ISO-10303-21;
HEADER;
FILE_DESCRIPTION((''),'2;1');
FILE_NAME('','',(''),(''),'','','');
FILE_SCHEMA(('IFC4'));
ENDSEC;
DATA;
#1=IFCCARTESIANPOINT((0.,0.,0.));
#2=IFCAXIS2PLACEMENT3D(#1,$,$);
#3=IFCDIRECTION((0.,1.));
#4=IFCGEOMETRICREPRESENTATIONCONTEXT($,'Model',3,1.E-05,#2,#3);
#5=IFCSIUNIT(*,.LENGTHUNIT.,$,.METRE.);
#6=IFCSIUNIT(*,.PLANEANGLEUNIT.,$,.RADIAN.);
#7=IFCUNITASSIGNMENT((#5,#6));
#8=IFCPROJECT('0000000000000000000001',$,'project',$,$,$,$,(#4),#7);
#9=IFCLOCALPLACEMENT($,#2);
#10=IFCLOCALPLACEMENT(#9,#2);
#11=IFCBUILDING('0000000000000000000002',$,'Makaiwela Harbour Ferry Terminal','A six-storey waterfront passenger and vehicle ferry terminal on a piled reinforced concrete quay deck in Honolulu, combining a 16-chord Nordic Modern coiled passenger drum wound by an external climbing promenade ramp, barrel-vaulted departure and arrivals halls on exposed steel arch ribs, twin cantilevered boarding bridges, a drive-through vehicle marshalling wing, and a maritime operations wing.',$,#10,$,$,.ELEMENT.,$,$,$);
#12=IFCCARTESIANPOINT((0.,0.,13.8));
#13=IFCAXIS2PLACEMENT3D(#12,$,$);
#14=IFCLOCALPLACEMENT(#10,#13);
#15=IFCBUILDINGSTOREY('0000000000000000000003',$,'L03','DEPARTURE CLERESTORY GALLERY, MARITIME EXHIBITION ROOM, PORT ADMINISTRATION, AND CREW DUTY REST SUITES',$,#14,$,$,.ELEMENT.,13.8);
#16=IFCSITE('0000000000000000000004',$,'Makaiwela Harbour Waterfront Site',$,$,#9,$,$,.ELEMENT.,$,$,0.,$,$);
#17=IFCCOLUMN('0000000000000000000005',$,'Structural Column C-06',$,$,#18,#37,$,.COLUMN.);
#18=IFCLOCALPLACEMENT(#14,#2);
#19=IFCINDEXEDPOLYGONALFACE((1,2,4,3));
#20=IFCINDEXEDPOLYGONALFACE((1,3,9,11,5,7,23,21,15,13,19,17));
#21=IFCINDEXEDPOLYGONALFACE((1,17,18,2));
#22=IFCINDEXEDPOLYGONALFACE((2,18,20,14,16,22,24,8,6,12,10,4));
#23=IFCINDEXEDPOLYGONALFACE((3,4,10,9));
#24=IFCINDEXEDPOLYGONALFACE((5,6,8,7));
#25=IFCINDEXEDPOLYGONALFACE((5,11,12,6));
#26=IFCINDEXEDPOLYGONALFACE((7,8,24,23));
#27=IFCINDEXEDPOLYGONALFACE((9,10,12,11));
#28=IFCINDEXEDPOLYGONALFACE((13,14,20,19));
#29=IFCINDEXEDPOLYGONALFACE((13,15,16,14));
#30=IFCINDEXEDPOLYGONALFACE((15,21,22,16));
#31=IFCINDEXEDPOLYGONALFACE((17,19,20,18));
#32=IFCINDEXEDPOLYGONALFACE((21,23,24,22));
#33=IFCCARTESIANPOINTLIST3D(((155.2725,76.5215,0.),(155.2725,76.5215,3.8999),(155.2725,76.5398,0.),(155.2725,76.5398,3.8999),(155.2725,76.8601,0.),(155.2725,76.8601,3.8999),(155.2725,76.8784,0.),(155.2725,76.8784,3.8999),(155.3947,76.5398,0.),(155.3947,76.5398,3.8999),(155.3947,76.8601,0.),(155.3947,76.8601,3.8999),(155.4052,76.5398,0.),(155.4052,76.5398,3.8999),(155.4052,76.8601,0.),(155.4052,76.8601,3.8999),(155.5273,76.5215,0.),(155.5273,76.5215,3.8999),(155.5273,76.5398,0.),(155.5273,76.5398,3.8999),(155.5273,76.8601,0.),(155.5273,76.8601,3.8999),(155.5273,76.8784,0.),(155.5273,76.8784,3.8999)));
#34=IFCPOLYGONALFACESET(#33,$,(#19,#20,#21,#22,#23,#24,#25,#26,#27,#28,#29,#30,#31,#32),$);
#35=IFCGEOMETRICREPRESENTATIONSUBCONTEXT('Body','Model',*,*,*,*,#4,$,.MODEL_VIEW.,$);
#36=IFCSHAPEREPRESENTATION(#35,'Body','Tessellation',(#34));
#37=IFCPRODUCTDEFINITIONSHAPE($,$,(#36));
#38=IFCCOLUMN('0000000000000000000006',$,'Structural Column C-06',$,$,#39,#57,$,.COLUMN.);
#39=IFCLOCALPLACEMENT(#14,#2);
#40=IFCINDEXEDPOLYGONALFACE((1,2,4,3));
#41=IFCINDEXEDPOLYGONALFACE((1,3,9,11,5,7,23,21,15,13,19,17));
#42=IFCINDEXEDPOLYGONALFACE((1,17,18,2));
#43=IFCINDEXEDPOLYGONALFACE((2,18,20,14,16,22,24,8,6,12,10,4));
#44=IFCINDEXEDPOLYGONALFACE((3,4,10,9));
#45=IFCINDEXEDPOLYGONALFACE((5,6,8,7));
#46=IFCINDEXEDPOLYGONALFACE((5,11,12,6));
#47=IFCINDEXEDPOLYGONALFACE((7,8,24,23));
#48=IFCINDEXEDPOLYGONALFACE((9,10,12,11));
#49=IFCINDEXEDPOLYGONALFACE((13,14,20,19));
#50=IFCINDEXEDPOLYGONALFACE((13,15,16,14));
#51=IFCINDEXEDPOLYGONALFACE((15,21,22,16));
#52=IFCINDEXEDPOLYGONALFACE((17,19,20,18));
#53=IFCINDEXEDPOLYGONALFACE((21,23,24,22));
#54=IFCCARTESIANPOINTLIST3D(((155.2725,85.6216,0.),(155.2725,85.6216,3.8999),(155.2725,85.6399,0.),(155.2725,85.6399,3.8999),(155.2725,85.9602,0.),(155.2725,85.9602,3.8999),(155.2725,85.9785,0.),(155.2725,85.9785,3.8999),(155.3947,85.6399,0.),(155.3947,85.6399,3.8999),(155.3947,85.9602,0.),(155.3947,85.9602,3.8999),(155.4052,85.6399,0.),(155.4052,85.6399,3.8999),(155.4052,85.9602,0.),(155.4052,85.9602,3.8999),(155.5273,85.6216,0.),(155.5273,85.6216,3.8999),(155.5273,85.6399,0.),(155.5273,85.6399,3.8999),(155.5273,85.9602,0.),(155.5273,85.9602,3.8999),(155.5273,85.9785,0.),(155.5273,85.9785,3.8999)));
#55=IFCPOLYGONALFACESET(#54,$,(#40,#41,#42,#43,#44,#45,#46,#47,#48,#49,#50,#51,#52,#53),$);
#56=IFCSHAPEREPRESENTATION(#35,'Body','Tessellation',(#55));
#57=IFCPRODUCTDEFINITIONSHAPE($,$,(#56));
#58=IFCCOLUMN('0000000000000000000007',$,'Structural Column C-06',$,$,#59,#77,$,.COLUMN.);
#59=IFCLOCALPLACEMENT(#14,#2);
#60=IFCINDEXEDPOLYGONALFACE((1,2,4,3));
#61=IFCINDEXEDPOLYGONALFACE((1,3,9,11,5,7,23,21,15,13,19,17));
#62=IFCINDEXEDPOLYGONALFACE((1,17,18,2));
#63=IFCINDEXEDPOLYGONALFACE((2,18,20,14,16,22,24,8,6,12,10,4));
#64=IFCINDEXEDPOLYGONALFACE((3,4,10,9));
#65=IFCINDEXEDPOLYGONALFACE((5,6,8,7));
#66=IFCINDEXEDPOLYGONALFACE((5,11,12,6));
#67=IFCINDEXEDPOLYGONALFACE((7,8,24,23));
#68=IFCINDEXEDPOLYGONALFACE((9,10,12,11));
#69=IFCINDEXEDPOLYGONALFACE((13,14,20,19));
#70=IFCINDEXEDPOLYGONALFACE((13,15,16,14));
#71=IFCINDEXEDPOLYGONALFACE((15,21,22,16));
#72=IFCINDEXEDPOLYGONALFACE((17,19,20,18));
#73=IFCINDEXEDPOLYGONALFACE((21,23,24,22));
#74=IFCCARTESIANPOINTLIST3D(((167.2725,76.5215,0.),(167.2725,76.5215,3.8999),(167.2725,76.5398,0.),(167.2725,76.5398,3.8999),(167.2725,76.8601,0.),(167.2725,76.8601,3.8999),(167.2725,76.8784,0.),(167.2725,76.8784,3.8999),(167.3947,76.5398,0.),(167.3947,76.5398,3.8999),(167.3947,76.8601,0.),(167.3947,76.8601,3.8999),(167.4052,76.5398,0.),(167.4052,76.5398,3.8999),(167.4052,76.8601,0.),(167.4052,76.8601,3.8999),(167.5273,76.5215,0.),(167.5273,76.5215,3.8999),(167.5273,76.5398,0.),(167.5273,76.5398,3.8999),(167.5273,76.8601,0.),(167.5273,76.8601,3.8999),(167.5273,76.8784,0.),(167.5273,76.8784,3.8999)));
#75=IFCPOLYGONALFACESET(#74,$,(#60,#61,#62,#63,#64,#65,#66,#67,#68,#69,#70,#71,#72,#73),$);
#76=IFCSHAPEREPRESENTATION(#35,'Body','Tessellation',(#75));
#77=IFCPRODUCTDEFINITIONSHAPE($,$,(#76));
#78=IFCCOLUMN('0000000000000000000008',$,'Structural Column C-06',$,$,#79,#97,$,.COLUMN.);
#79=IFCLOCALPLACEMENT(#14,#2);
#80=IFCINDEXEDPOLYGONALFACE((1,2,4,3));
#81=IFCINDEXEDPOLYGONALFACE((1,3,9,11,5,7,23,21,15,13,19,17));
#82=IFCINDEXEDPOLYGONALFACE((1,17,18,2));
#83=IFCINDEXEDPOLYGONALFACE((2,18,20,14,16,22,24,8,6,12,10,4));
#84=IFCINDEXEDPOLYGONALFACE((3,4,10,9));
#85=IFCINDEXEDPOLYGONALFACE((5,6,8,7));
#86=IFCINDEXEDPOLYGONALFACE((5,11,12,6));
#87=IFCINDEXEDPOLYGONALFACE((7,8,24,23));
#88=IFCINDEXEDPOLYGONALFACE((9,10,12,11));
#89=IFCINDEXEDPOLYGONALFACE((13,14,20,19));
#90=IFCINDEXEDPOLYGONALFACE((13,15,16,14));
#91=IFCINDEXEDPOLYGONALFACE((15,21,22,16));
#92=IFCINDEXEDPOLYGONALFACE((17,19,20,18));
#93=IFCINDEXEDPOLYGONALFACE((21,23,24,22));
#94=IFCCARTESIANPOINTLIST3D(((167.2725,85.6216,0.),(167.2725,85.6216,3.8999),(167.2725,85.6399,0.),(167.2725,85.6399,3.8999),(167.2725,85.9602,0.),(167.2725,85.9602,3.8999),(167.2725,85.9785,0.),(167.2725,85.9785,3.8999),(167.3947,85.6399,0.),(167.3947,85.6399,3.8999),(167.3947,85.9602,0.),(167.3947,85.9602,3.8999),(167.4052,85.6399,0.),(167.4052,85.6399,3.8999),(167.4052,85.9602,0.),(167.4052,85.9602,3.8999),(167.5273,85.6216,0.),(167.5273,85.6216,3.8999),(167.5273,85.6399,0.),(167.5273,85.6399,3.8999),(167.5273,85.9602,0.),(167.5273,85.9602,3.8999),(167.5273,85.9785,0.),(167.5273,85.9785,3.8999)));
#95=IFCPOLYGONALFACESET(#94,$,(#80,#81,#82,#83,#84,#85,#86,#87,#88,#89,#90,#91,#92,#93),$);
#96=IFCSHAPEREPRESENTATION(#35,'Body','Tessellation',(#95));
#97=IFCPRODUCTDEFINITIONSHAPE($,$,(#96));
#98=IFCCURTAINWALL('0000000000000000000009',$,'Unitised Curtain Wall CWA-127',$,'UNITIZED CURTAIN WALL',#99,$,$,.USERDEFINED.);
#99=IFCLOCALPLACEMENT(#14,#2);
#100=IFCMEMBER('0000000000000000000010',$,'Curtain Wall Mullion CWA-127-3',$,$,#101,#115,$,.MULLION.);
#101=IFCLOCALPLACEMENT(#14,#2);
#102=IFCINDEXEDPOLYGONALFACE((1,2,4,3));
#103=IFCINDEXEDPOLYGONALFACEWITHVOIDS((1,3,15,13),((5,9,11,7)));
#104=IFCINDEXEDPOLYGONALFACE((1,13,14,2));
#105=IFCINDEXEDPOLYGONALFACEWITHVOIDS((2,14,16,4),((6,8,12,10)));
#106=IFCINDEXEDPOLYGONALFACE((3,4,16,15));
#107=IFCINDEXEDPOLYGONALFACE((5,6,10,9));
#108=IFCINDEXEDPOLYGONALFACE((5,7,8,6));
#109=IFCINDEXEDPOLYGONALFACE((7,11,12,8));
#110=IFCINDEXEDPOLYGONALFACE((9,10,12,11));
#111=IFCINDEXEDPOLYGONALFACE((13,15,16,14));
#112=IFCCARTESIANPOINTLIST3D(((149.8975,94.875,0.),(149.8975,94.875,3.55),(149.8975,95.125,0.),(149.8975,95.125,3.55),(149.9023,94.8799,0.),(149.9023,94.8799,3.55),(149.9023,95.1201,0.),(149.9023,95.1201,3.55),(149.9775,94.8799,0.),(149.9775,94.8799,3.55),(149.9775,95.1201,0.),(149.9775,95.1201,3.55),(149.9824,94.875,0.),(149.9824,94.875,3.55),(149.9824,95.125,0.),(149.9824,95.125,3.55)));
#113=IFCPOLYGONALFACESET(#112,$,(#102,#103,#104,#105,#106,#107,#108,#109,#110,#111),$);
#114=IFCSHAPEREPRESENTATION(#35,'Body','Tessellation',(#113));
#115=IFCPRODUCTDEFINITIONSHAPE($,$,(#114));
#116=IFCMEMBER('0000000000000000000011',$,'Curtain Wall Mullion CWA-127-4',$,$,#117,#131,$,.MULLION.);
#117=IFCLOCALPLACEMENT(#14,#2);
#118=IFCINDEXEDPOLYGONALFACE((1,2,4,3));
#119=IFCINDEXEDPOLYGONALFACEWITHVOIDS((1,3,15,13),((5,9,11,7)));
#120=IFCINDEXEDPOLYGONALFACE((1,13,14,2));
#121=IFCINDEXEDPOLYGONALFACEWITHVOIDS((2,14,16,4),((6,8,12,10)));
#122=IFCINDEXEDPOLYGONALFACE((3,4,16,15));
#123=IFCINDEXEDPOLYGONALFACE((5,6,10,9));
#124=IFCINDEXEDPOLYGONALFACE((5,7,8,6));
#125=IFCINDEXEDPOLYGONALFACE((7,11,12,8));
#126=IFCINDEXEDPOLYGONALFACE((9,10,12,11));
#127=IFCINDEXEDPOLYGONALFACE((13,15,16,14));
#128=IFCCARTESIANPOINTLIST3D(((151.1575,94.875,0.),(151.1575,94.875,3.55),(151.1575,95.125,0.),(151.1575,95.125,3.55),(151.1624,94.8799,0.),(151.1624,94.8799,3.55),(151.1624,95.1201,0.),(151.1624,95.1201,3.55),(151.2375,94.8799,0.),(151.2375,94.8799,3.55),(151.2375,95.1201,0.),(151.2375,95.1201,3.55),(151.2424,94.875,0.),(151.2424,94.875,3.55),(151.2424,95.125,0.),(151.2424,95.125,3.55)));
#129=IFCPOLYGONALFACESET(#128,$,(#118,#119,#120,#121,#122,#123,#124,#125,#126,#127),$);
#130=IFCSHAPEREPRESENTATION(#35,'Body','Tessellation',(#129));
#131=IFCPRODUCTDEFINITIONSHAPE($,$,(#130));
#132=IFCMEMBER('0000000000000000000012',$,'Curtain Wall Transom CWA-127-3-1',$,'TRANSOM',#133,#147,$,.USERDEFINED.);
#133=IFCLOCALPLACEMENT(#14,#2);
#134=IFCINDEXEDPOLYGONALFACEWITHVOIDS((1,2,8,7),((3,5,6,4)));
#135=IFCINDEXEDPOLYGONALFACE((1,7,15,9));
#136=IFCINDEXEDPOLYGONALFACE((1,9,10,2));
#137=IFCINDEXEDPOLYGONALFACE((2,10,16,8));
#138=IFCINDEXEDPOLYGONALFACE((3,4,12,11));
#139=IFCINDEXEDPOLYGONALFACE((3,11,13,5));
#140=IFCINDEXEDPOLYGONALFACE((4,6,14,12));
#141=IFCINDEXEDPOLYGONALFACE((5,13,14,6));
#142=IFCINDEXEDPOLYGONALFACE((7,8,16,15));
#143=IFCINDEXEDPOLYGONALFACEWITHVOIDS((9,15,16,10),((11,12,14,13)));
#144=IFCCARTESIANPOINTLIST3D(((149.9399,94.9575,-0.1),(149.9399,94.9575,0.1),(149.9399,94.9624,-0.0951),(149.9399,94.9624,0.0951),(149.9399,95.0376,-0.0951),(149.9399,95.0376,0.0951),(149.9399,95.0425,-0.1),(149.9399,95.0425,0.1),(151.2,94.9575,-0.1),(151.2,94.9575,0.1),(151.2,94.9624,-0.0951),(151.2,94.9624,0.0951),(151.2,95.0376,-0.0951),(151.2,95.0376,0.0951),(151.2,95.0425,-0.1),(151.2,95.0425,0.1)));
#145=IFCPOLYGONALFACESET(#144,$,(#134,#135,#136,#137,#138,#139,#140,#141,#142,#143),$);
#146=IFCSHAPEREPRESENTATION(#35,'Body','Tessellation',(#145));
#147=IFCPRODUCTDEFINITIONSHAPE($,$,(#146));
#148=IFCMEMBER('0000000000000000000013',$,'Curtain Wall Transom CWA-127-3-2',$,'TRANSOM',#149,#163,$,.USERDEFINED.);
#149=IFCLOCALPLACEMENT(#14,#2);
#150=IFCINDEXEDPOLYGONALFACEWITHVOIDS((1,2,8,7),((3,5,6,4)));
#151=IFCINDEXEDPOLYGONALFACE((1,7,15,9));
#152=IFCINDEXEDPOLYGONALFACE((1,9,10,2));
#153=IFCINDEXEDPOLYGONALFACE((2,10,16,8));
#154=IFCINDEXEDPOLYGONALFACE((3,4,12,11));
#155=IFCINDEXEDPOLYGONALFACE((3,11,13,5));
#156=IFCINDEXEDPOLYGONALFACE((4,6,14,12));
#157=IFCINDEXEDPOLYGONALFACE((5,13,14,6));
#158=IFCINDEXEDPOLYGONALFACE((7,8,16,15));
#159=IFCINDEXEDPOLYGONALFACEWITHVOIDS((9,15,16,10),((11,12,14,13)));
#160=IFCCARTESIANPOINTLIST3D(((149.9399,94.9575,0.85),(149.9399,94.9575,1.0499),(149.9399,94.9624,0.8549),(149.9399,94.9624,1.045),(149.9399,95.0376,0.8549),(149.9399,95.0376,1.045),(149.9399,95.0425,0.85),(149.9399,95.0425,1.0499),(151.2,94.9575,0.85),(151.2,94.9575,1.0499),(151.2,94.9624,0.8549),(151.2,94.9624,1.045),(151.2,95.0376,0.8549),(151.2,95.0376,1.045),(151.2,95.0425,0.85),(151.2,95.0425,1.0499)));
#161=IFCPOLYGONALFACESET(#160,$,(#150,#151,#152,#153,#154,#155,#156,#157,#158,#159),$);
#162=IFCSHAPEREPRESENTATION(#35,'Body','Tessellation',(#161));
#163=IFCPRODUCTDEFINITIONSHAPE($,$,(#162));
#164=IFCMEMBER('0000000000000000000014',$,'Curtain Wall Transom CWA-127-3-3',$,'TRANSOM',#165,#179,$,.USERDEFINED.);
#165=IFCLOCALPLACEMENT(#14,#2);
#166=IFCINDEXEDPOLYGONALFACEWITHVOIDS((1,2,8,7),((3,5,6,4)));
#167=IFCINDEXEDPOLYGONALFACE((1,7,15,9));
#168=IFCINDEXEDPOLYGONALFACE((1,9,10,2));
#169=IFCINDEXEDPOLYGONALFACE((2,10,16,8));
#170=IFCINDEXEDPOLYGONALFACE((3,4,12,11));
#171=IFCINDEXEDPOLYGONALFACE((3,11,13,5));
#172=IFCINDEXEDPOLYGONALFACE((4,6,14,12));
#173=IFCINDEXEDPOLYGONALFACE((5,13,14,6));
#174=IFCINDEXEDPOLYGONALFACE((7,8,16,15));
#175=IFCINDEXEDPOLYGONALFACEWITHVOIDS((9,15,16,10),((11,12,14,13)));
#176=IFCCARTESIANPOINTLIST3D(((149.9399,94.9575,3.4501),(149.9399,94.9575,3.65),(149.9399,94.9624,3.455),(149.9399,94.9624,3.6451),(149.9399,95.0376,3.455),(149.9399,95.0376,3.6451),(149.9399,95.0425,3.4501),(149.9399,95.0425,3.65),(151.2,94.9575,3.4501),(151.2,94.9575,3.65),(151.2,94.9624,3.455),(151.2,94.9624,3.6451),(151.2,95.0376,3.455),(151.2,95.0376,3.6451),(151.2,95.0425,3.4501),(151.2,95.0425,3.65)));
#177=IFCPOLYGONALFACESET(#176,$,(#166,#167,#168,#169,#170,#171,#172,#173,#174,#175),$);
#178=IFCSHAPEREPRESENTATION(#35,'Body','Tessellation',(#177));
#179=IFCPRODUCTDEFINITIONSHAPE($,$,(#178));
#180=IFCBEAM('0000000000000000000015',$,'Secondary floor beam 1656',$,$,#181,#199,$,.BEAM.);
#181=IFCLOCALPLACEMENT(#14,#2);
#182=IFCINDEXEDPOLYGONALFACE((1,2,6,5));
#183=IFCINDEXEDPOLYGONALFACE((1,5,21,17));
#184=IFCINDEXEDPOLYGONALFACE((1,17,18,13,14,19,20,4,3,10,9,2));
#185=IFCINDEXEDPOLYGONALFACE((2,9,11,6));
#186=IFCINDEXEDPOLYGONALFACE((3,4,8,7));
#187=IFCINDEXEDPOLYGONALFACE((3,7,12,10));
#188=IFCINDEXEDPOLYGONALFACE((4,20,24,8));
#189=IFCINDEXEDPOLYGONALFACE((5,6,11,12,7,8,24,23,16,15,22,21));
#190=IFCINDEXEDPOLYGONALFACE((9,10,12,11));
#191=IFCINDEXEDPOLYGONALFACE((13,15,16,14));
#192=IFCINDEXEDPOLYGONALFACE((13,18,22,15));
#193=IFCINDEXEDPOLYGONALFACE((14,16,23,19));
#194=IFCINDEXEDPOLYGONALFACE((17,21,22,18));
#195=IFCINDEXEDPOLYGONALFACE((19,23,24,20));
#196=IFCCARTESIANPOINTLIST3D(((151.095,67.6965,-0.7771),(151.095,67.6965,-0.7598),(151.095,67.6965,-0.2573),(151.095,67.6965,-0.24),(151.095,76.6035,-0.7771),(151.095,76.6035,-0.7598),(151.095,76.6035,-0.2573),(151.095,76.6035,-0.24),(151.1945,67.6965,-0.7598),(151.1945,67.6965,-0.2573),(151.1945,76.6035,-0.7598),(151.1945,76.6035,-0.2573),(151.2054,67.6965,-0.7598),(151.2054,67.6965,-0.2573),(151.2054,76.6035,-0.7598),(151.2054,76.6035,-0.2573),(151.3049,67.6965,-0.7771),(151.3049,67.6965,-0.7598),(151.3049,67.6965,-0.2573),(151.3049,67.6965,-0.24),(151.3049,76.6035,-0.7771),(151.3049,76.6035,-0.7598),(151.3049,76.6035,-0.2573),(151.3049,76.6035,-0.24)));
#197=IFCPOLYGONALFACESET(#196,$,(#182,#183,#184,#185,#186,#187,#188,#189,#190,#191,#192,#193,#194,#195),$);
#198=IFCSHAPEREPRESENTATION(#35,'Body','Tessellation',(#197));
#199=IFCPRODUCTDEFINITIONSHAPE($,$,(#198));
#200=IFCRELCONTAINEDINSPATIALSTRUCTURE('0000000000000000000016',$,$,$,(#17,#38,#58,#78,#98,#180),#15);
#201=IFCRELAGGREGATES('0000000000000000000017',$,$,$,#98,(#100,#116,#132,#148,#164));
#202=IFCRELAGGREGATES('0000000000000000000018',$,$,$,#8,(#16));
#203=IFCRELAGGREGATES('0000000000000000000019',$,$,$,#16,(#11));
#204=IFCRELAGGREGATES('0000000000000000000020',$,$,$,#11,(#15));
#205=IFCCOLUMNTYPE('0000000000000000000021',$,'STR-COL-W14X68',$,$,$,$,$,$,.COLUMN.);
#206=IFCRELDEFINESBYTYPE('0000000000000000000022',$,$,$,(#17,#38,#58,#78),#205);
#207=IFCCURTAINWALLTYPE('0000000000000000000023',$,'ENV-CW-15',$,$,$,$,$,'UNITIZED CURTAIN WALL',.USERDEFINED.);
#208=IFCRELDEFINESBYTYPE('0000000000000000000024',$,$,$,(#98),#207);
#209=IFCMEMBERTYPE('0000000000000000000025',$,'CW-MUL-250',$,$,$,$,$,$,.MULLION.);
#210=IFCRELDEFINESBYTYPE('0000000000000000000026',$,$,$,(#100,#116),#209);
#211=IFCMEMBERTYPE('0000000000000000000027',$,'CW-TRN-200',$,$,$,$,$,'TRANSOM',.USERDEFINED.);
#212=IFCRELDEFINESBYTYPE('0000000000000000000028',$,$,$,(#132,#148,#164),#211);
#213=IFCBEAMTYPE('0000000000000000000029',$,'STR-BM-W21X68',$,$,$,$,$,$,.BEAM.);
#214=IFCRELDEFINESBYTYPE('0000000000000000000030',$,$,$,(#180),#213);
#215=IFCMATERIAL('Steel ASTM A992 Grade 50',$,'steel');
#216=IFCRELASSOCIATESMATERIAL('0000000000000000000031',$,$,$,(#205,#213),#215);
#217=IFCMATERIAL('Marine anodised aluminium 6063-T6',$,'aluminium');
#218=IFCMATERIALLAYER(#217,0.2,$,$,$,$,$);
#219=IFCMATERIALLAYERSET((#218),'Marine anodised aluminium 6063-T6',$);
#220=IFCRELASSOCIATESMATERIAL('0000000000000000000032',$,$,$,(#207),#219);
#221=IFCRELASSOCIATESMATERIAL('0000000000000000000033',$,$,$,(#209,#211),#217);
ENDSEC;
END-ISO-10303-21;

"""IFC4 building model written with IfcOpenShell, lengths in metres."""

from ifc_helpers import new_model, si_unit, direction, frame, origin, origin_2d, place, context, subcontext, project, spatial, hollow_rectangle, i_section, extrude, material, layer, layer_set, material_profile, profile_set, type_object, element, aggregate, save


model = new_model("IFC4")

# Units and contexts
model_context = context("Model", 3, precision=1e-05, world=origin(), true_north=direction((0.0, 1.0)))
body_context = subcontext(model_context, "Body", "Model", "MODEL_VIEW")
ifc_project = project(units=[si_unit("LENGTHUNIT", "METRE"), si_unit("PLANEANGLEUNIT", "RADIAN")], contexts=[model_context])

# Site, building, storey
site_placement = place(None, origin())
site = spatial("IfcSite", under=ifc_project, at=site_placement, Name="Makaiwela Harbour Waterfront Site", CompositionType="ELEMENT", RefElevation=0.0)
building_placement = place(site_placement, origin())
building = spatial("IfcBuilding", under=site, at=building_placement, Name="Makaiwela Harbour Ferry Terminal", Description="A six-storey waterfront passenger and vehicle ferry terminal on a piled reinforced concrete quay deck in Honolulu, combining a 16-chord Nordic Modern coiled passenger drum wound by an external climbing promenade ramp, barrel-vaulted departure and arrivals halls on exposed steel arch ribs, twin cantilevered boarding bridges, a drive-through vehicle marshalling wing, and a maritime operations wing.", CompositionType="ELEMENT")
storey_placement = place(building_placement, frame((0.0, 0.0, 13.8)))
storey = spatial("IfcBuildingStorey", under=building, at=storey_placement, Name="L03", Description="DEPARTURE CLERESTORY GALLERY, MARITIME EXHIBITION ROOM, PORT ADMINISTRATION, AND CREW DUTY REST SUITES", CompositionType="ELEMENT", Elevation=13.8)

# Columns
ifc_material_1 = material(Name="Steel ASTM A992 Grade 50", Category="steel")
ifc_material_profile_1 = material_profile(ifc_material_1, i_section(OverallWidth=0.2549, OverallDepth=0.3569, WebThickness=0.0105, FlangeThickness=0.0183, at=origin_2d()), Name="W14X68")
ifc_profile_set_1 = profile_set([ifc_material_profile_1], Name="Steel ASTM A992 Grade 50")
column_type = type_object("IfcColumnType", Name="STR-COL-W14X68", PredefinedType="COLUMN", material=ifc_profile_set_1)
for number, where, z_axis, x_axis, name in (
    (1, (155.3999, 76.7, 0.0), (0.0, 0.0, 1.0), (1.0, 0.0, 0.0), "Structural Column C-06"),
    (2, (155.3999, 85.8, 0.0), (0.0, 0.0, 1.0), (1.0, 0.0, 0.0), "Structural Column C-06"),
    (3, (167.3999, 76.7, 0.0), (0.0, 0.0, 1.0), (1.0, 0.0, 0.0), "Structural Column C-06"),
    (4, (167.3999, 85.8, 0.0), (0.0, 0.0, 1.0), (1.0, 0.0, 0.0), "Structural Column C-06"),
):
    element("IfcColumn", number, at=place(storey_placement, frame(where, z_axis=z_axis, x_axis=x_axis)), inside=storey, type_object=column_type, Name=name, PredefinedType="COLUMN", context=body_context, shape_type="SweptSolid", body=[
        extrude(i_section(OverallWidth=0.2549, OverallDepth=0.3569, WebThickness=0.0105, FlangeThickness=0.0183, at=origin_2d()), origin(), (0.0, 0.0, 1.0), 3.8999),
    ])

# Curtain wall, members
ifc_material_2 = material(Name="Marine anodised aluminium 6063-T6", Category="aluminium")
ifc_layer_1 = layer(ifc_material_2, 0.2)
ifc_layer_set_1 = layer_set([ifc_layer_1], Name="Marine anodised aluminium 6063-T6")
curtain_wall_type = type_object("IfcCurtainWallType", Name="ENV-CW-15", ElementType="UNITIZED CURTAIN WALL", PredefinedType="USERDEFINED", material=ifc_layer_set_1)
curtain_wall_placement = place(storey_placement, origin())
curtain_wall = element("IfcCurtainWall", 5, at=curtain_wall_placement, inside=storey, type_object=curtain_wall_type, Name="Unitised Curtain Wall CWA-127", ObjectType="UNITIZED CURTAIN WALL", PredefinedType="USERDEFINED")
ifc_material_profile_2 = material_profile(ifc_material_2, hollow_rectangle(XDim=0.085, YDim=0.25, WallThickness=0.0049, at=origin_2d()), Name="CWM-250X85")
ifc_profile_set_2 = profile_set([ifc_material_profile_2], Name="Marine anodised aluminium 6063-T6")
member_type_1 = type_object("IfcMemberType", Name="CW-MUL-250", PredefinedType="MULLION", material=ifc_profile_set_2)
member_1_placement = place(storey_placement, frame((149.9399, 95.0, 0.0), z_axis=(0.0, 0.0, 1.0), x_axis=(1.0, 0.0, 0.0)))
member_1 = element("IfcMember", 6, at=member_1_placement, type_object=member_type_1, Name="Curtain Wall Mullion CWA-127-3", PredefinedType="MULLION", context=body_context, shape_type="SweptSolid", body=[
    extrude(hollow_rectangle(XDim=0.085, YDim=0.25, WallThickness=0.0049, at=origin_2d()), origin(), (0.0, 0.0, 1.0), 3.55),
])
member_2_placement = place(storey_placement, frame((151.2, 95.0, 0.0), z_axis=(0.0, 0.0, 1.0), x_axis=(1.0, 0.0, 0.0)))
member_2 = element("IfcMember", 7, at=member_2_placement, type_object=member_type_1, Name="Curtain Wall Mullion CWA-127-4", PredefinedType="MULLION", context=body_context, shape_type="SweptSolid", body=[
    extrude(hollow_rectangle(XDim=0.085, YDim=0.25, WallThickness=0.0049, at=origin_2d()), origin(), (0.0, 0.0, 1.0), 3.55),
])
ifc_material_profile_3 = material_profile(ifc_material_2, hollow_rectangle(XDim=0.085, YDim=0.2, WallThickness=0.0049, at=origin_2d()), Name="CWT-200X85")
ifc_profile_set_3 = profile_set([ifc_material_profile_3], Name="Marine anodised aluminium 6063-T6")
member_type_2 = type_object("IfcMemberType", Name="CW-TRN-200", ElementType="TRANSOM", PredefinedType="USERDEFINED", material=ifc_profile_set_3)
member_3_placement = place(storey_placement, frame((149.9399, 95.0, 0.0), z_axis=(1.0, 0.0, 0.0), x_axis=(0.0, 1.0, 0.0)))
member_3 = element("IfcMember", 8, at=member_3_placement, type_object=member_type_2, Name="Curtain Wall Transom CWA-127-3-1", ObjectType="TRANSOM", PredefinedType="USERDEFINED", context=body_context, shape_type="SweptSolid", body=[
    extrude(hollow_rectangle(XDim=0.085, YDim=0.2, WallThickness=0.0049, at=origin_2d()), origin(), (0.0, 0.0, 1.0), 1.26),
])
member_4_placement = place(storey_placement, frame((149.9399, 95.0, 0.95), z_axis=(1.0, 0.0, 0.0), x_axis=(0.0, 1.0, 0.0)))
member_4 = element("IfcMember", 9, at=member_4_placement, type_object=member_type_2, Name="Curtain Wall Transom CWA-127-3-2", ObjectType="TRANSOM", PredefinedType="USERDEFINED", context=body_context, shape_type="SweptSolid", body=[
    extrude(hollow_rectangle(XDim=0.085, YDim=0.2, WallThickness=0.0049, at=origin_2d()), origin(), (0.0, 0.0, 1.0), 1.26),
])
member_5_placement = place(storey_placement, frame((149.9399, 95.0, 3.55), z_axis=(1.0, 0.0, 0.0), x_axis=(0.0, 1.0, 0.0)))
member_5 = element("IfcMember", 10, at=member_5_placement, type_object=member_type_2, Name="Curtain Wall Transom CWA-127-3-3", ObjectType="TRANSOM", PredefinedType="USERDEFINED", context=body_context, shape_type="SweptSolid", body=[
    extrude(hollow_rectangle(XDim=0.085, YDim=0.2, WallThickness=0.0049, at=origin_2d()), origin(), (0.0, 0.0, 1.0), 1.26),
])

# Beam
ifc_material_profile_4 = material_profile(ifc_material_1, i_section(OverallWidth=0.21, OverallDepth=0.5371, WebThickness=0.011, FlangeThickness=0.0173, at=origin_2d()), Name="W21X68")
ifc_profile_set_4 = profile_set([ifc_material_profile_4], Name="Steel ASTM A992 Grade 50")
beam_type_1 = type_object("IfcBeamType", Name="STR-BM-W21X68", PredefinedType="BEAM", material=ifc_profile_set_4)
beam_1_placement = place(storey_placement, frame((151.2, 67.6965, -0.5085), z_axis=(0.0, 1.0, 0.0), x_axis=(-1.0, 0.0, 0.0)))
element("IfcBeam", 11, at=beam_1_placement, inside=storey, type_object=beam_type_1, Name="Secondary floor beam 1656", PredefinedType="BEAM", context=body_context, shape_type="SweptSolid", body=[
    extrude(i_section(OverallWidth=0.21, OverallDepth=0.5371, WebThickness=0.011, FlangeThickness=0.0173, at=origin_2d()), origin(), (0.0, 0.0, 1.0), 8.907),
])

aggregate(curtain_wall, [member_1, member_2, member_3, member_4, member_5])

save(model, "model.ifc")
